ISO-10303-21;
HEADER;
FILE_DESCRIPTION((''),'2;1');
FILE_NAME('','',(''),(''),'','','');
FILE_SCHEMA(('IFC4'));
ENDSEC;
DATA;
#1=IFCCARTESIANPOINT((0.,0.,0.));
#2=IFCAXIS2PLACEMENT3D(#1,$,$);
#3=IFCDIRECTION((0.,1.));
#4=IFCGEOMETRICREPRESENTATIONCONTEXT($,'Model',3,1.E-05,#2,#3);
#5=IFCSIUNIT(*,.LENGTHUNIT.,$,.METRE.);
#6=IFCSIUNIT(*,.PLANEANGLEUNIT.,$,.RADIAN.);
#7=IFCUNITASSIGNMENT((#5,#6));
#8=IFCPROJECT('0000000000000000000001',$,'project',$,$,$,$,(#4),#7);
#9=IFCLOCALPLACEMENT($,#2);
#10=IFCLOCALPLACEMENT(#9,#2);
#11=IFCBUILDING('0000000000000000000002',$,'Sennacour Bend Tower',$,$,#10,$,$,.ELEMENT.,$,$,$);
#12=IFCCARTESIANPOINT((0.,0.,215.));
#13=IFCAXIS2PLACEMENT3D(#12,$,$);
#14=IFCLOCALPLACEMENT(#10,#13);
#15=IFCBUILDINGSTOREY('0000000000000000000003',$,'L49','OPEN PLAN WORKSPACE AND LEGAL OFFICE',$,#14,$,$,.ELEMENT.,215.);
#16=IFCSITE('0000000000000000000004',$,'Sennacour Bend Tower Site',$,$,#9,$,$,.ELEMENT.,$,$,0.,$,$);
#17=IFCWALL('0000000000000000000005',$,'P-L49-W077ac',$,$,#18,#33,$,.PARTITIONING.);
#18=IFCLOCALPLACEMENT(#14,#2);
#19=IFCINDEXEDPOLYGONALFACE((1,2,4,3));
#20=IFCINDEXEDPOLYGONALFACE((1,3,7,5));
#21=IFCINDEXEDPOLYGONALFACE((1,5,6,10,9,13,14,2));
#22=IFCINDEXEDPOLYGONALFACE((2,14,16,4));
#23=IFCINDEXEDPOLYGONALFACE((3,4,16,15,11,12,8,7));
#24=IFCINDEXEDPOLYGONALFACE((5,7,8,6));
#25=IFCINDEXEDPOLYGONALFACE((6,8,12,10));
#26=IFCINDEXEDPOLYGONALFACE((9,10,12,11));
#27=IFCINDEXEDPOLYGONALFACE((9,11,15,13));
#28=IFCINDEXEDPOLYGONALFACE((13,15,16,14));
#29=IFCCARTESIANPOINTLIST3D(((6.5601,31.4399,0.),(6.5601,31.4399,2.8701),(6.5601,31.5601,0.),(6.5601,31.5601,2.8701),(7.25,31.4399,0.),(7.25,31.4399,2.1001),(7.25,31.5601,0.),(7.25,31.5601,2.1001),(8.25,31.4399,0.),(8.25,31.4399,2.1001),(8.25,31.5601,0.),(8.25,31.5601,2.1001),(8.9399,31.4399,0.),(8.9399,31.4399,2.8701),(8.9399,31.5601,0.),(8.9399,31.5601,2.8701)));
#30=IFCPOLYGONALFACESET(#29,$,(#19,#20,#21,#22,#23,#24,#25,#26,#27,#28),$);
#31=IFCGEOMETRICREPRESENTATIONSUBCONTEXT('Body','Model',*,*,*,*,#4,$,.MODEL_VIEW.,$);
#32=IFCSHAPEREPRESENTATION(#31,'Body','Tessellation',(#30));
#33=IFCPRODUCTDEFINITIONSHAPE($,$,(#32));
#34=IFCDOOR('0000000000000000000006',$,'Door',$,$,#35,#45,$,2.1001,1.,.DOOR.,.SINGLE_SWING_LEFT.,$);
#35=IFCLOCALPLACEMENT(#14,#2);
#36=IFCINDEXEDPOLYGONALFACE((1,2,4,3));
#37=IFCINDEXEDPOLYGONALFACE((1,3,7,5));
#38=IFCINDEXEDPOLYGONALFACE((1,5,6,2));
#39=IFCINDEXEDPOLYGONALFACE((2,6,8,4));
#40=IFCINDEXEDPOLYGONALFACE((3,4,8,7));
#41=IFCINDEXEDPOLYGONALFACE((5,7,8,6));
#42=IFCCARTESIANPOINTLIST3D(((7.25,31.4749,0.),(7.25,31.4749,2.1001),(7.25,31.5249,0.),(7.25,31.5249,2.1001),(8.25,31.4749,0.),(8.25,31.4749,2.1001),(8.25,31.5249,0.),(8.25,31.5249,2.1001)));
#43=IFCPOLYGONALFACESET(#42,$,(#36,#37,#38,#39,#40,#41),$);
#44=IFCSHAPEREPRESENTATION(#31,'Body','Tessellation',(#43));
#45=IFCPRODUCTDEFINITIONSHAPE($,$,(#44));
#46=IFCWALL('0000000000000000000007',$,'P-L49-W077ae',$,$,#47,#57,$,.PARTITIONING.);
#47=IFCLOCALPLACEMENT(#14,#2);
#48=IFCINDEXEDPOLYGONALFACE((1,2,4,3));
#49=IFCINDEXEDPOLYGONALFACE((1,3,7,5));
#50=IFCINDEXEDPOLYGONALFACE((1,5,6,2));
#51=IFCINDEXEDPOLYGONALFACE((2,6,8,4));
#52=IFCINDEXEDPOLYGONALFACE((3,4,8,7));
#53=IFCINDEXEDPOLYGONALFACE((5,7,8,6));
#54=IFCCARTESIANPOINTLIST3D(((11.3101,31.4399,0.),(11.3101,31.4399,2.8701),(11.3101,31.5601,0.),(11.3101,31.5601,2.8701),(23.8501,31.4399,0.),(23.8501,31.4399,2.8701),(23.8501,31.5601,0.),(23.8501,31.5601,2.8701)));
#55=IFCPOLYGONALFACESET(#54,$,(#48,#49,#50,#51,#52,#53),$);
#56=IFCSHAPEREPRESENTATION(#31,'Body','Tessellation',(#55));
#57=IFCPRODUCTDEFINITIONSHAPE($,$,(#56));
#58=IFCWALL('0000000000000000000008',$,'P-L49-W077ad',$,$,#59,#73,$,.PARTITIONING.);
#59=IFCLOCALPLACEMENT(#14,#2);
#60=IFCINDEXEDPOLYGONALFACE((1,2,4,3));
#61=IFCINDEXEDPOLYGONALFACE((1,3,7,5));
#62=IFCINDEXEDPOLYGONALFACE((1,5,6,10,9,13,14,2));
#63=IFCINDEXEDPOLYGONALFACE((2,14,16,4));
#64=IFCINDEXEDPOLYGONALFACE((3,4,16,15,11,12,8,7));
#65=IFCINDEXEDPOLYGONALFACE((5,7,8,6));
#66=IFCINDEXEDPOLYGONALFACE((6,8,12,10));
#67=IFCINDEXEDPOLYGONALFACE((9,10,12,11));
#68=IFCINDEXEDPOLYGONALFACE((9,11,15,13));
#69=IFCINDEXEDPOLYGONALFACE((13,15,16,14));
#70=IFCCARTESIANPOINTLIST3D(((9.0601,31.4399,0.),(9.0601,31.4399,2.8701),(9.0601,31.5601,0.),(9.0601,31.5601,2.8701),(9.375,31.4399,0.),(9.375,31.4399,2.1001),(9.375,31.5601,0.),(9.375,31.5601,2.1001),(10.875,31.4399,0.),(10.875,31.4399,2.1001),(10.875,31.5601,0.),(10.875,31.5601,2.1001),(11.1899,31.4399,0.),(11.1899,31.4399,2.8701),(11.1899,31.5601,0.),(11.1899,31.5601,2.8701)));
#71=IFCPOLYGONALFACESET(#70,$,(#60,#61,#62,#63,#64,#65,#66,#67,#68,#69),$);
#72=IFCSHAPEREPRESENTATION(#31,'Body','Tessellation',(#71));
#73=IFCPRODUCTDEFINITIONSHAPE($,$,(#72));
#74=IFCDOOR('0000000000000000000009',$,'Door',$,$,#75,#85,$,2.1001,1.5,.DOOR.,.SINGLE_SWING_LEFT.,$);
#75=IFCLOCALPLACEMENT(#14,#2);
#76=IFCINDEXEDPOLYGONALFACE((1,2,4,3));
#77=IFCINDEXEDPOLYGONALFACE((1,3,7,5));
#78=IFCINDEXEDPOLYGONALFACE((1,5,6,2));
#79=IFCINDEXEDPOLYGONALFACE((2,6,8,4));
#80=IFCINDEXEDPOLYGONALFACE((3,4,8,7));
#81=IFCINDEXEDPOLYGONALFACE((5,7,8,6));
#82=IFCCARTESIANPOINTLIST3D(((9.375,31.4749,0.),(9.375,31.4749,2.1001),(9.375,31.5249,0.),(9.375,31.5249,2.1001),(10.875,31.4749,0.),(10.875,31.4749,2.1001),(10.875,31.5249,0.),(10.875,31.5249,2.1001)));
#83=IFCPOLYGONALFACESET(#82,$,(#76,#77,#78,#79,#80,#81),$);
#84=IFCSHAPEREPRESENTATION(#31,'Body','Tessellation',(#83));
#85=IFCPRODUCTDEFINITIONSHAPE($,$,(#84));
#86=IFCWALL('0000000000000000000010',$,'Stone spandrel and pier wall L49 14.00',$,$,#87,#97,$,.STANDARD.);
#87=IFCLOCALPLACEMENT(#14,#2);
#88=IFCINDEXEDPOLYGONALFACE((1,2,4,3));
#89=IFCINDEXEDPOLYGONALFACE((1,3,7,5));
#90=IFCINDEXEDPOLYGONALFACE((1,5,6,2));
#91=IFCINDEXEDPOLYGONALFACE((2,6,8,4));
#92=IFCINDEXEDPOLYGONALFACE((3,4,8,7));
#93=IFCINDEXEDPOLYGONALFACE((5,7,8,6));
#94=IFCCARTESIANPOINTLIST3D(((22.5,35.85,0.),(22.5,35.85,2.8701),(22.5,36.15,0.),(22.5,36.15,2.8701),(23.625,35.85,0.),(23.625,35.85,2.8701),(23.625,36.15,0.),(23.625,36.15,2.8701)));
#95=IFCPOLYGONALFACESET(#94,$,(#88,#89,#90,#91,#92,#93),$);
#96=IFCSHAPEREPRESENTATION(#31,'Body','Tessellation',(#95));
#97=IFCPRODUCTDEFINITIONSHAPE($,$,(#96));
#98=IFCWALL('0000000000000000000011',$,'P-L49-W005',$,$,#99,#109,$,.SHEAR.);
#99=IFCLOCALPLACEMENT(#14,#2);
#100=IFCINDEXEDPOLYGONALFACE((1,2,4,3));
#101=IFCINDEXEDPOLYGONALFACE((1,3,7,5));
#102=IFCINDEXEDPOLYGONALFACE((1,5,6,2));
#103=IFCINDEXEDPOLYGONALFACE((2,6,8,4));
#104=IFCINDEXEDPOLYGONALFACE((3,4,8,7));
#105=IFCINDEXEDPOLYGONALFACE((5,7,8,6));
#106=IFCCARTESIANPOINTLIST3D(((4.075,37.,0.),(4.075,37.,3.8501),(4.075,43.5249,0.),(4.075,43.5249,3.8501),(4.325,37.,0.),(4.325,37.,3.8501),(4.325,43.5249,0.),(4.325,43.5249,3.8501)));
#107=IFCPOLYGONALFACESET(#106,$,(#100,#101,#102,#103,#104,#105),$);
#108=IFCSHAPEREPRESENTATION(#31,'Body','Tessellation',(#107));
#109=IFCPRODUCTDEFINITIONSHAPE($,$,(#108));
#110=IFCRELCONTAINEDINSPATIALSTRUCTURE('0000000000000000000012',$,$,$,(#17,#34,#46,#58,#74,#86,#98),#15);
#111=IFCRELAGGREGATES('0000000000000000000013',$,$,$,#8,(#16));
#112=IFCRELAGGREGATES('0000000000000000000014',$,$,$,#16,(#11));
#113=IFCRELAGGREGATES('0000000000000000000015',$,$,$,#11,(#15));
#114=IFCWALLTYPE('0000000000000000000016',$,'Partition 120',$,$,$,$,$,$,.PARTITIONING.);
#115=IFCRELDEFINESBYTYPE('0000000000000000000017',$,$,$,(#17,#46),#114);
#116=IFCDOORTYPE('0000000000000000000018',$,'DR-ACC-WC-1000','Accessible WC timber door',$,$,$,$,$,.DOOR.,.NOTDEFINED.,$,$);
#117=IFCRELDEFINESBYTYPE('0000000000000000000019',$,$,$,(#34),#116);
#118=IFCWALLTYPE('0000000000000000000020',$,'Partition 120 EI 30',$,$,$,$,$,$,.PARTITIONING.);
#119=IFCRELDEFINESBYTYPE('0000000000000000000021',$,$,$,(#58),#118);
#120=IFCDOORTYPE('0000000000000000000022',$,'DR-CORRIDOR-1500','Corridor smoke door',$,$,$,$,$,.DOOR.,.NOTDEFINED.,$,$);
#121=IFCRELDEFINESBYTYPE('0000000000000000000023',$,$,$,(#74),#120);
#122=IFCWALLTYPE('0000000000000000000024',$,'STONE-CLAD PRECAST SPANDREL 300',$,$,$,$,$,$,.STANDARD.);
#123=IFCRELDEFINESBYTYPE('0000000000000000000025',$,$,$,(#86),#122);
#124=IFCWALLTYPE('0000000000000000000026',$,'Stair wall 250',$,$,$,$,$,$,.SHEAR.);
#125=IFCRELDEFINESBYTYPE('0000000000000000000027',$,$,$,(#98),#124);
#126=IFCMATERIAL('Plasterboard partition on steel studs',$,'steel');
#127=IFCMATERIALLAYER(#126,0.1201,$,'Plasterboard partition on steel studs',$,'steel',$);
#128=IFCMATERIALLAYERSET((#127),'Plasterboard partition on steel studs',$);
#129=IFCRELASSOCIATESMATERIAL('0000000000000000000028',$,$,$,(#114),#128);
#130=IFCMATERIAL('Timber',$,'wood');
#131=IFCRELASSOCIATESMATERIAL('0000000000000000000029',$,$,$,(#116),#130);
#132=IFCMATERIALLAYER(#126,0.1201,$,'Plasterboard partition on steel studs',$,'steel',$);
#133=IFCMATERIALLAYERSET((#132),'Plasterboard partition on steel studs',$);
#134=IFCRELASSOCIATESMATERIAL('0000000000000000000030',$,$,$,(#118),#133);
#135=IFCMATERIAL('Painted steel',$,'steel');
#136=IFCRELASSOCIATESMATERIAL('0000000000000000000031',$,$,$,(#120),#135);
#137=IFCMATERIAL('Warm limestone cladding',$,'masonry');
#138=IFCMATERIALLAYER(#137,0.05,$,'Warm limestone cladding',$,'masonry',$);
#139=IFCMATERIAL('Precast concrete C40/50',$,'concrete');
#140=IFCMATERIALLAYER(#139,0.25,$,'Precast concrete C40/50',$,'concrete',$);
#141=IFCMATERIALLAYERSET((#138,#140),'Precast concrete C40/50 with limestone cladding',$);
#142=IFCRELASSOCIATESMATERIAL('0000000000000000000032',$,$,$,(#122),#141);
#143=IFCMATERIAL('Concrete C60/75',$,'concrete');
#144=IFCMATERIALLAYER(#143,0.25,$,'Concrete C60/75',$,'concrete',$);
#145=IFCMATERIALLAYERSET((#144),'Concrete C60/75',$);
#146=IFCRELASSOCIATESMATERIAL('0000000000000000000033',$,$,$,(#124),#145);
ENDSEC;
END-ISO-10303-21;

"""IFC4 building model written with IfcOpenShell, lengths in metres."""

from ifc_helpers import new_model, si_unit, direction, frame, frame_2d, origin, place, context, subcontext, project, spatial, rectangle, extrude, material, layer, layer_set, type_object, element, fill, save


model = new_model("IFC4")

# Units and contexts
model_context = context("Model", 3, precision=1e-05, world=origin(), true_north=direction((0.0, 1.0)))
body_context = subcontext(model_context, "Body", "Model", "MODEL_VIEW")
ifc_project = project(units=[si_unit("LENGTHUNIT", "METRE"), si_unit("PLANEANGLEUNIT", "RADIAN")], contexts=[model_context])

# Site, building, storey
site_placement = place(None, origin())
site = spatial("IfcSite", under=ifc_project, at=site_placement, Name="Sennacour Bend Tower Site", CompositionType="ELEMENT", RefElevation=0.0)
building_placement = place(site_placement, origin())
building = spatial("IfcBuilding", under=site, at=building_placement, Name="Sennacour Bend Tower", CompositionType="ELEMENT")
storey_placement = place(building_placement, frame((0.0, 0.0, 215.0)))
storey = spatial("IfcBuildingStorey", under=building, at=storey_placement, Name="L49", Description="OPEN PLAN WORKSPACE AND LEGAL OFFICE", CompositionType="ELEMENT", Elevation=215.0)

# Shared definitions
ifc_material_1 = material(Name="Plasterboard partition on steel studs", Category="steel")
ifc_layer_1 = layer(ifc_material_1, 0.1201, Name="Plasterboard partition on steel studs", Category="steel")
ifc_layer_set_1 = layer_set([ifc_layer_1], Name="Plasterboard partition on steel studs")
wall_type_1 = type_object("IfcWallType", Name="Partition 120", PredefinedType="PARTITIONING", material=ifc_layer_set_1)

# Wall, opening, door
wall_1_placement = place(storey_placement, frame((6.5601, 31.5, 0.0), z_axis=(0.0, 0.0, 1.0), x_axis=(1.0, 0.0, 0.0)))
wall_1 = element("IfcWall", 1, at=wall_1_placement, inside=storey, type_object=wall_type_1, Name="P-L49-W077ac", PredefinedType="PARTITIONING", context=body_context, shape_type="SweptSolid", body=[
    extrude(rectangle(XDim=2.3799, YDim=0.1201, at=frame_2d((1.1899, 0.0))), origin(), (0.0, 0.0, 1.0), 2.8701),
])
opening_1_placement = place(wall_1_placement, frame((0.6899, 0.0, 0.0)))
opening_1 = element("IfcOpeningElement", 2, at=opening_1_placement, cuts=wall_1, PredefinedType="OPENING", context=body_context, shape_type="SweptSolid", body=[
    extrude(rectangle(XDim=1.0, YDim=2.1001, at=frame_2d((0.5, 1.05))), frame((0.0, 0.0701, 0.0), z_axis=(0.0, -1.0, 0.0), x_axis=(1.0, 0.0, 0.0)), (0.0, 0.0, 1.0), 0.1401),
])
ifc_material_2 = material(Name="Timber", Category="wood")
door_type_1 = type_object("IfcDoorType", Name="DR-ACC-WC-1000", Description="Accessible WC timber door", OperationType="NOTDEFINED", PredefinedType="DOOR", material=ifc_material_2)
door_1_placement = place(opening_1_placement, origin())
door_1 = element("IfcDoor", 3, at=door_1_placement, inside=storey, type_object=door_type_1, Name="Door", OperationType="SINGLE_SWING_LEFT", OverallHeight=2.1001, OverallWidth=1.0, PredefinedType="DOOR", context=body_context, shape_type="SweptSolid", body=[
    extrude(rectangle(XDim=1.0, YDim=2.1001, at=frame_2d((0.5, 1.05))), frame((0.0, 0.0249, 0.0), z_axis=(0.0, -1.0, 0.0), x_axis=(1.0, 0.0, 0.0)), (0.0, 0.0, 1.0), 0.05),
])
fill(opening_1, door_1)

# Wall
wall_2_placement = place(storey_placement, frame((11.3101, 31.5, 0.0), z_axis=(0.0, 0.0, 1.0), x_axis=(1.0, 0.0, 0.0)))
element("IfcWall", 4, at=wall_2_placement, inside=storey, type_object=wall_type_1, Name="P-L49-W077ae", PredefinedType="PARTITIONING", context=body_context, shape_type="SweptSolid", body=[
    extrude(rectangle(XDim=12.54, YDim=0.1201, at=frame_2d((6.27, 0.0))), origin(), (0.0, 0.0, 1.0), 2.8701),
])

# Wall, opening, door
ifc_layer_2 = layer(ifc_material_1, 0.1201, Name="Plasterboard partition on steel studs", Category="steel")
ifc_layer_set_2 = layer_set([ifc_layer_2], Name="Plasterboard partition on steel studs")
wall_type_2 = type_object("IfcWallType", Name="Partition 120 EI 30", PredefinedType="PARTITIONING", material=ifc_layer_set_2)
wall_3_placement = place(storey_placement, frame((9.0601, 31.5, 0.0), z_axis=(0.0, 0.0, 1.0), x_axis=(1.0, 0.0, 0.0)))
wall_3 = element("IfcWall", 5, at=wall_3_placement, inside=storey, type_object=wall_type_2, Name="P-L49-W077ad", PredefinedType="PARTITIONING", context=body_context, shape_type="SweptSolid", body=[
    extrude(rectangle(XDim=2.1299, YDim=0.1201, at=frame_2d((1.0649, 0.0))), origin(), (0.0, 0.0, 1.0), 2.8701),
])
opening_2_placement = place(wall_3_placement, frame((0.3149, 0.0, 0.0)))
opening_2 = element("IfcOpeningElement", 6, at=opening_2_placement, cuts=wall_3, PredefinedType="OPENING", context=body_context, shape_type="SweptSolid", body=[
    extrude(rectangle(XDim=1.5, YDim=2.1001, at=frame_2d((0.75, 1.05))), frame((0.0, 0.0701, 0.0), z_axis=(0.0, -1.0, 0.0), x_axis=(1.0, 0.0, 0.0)), (0.0, 0.0, 1.0), 0.1401),
])
ifc_material_3 = material(Name="Painted steel", Category="steel")
door_type_2 = type_object("IfcDoorType", Name="DR-CORRIDOR-1500", Description="Corridor smoke door", OperationType="NOTDEFINED", PredefinedType="DOOR", material=ifc_material_3)
door_2_placement = place(opening_2_placement, origin())
door_2 = element("IfcDoor", 7, at=door_2_placement, inside=storey, type_object=door_type_2, Name="Door", OperationType="SINGLE_SWING_LEFT", OverallHeight=2.1001, OverallWidth=1.5, PredefinedType="DOOR", context=body_context, shape_type="SweptSolid", body=[
    extrude(rectangle(XDim=1.5, YDim=2.1001, at=frame_2d((0.75, 1.05))), frame((0.0, 0.0249, 0.0), z_axis=(0.0, -1.0, 0.0), x_axis=(1.0, 0.0, 0.0)), (0.0, 0.0, 1.0), 0.05),
])
fill(opening_2, door_2)

# Walls
ifc_material_4 = material(Name="Warm limestone cladding", Category="masonry")
ifc_layer_3 = layer(ifc_material_4, 0.05, Name="Warm limestone cladding", Category="masonry")
ifc_material_5 = material(Name="Precast concrete C40/50", Category="concrete")
ifc_layer_4 = layer(ifc_material_5, 0.25, Name="Precast concrete C40/50", Category="concrete")
ifc_layer_set_3 = layer_set([ifc_layer_3, ifc_layer_4], Name="Precast concrete C40/50 with limestone cladding")
wall_type_3 = type_object("IfcWallType", Name="STONE-CLAD PRECAST SPANDREL 300", PredefinedType="STANDARD", material=ifc_layer_set_3)
wall_4_placement = place(storey_placement, frame((23.625, 36.0, 0.0), z_axis=(0.0, 0.0, 1.0), x_axis=(-1.0, 0.0, 0.0)))
element("IfcWall", 8, at=wall_4_placement, inside=storey, type_object=wall_type_3, Name="Stone spandrel and pier wall L49 14.00", PredefinedType="STANDARD", context=body_context, shape_type="SweptSolid", body=[
    extrude(rectangle(XDim=1.125, YDim=0.3, at=frame_2d((0.5625, 0.0))), origin(), (0.0, 0.0, 1.0), 2.8701),
])
ifc_material_6 = material(Name="Concrete C60/75", Category="concrete")
ifc_layer_5 = layer(ifc_material_6, 0.25, Name="Concrete C60/75", Category="concrete")
ifc_layer_set_4 = layer_set([ifc_layer_5], Name="Concrete C60/75")
wall_type_4 = type_object("IfcWallType", Name="Stair wall 250", PredefinedType="SHEAR", material=ifc_layer_set_4)
wall_5_placement = place(storey_placement, frame((4.2, 37.0, 0.0), z_axis=(0.0, 0.0, 1.0), x_axis=(0.0, 1.0, 0.0)))
element("IfcWall", 9, at=wall_5_placement, inside=storey, type_object=wall_type_4, Name="P-L49-W005", PredefinedType="SHEAR", context=body_context, shape_type="SweptSolid", body=[
    extrude(rectangle(XDim=6.5249, YDim=0.25, at=frame_2d((3.2625, 0.0))), origin(), (0.0, 0.0, 1.0), 3.8501),
])

save(model, "model.ifc")
